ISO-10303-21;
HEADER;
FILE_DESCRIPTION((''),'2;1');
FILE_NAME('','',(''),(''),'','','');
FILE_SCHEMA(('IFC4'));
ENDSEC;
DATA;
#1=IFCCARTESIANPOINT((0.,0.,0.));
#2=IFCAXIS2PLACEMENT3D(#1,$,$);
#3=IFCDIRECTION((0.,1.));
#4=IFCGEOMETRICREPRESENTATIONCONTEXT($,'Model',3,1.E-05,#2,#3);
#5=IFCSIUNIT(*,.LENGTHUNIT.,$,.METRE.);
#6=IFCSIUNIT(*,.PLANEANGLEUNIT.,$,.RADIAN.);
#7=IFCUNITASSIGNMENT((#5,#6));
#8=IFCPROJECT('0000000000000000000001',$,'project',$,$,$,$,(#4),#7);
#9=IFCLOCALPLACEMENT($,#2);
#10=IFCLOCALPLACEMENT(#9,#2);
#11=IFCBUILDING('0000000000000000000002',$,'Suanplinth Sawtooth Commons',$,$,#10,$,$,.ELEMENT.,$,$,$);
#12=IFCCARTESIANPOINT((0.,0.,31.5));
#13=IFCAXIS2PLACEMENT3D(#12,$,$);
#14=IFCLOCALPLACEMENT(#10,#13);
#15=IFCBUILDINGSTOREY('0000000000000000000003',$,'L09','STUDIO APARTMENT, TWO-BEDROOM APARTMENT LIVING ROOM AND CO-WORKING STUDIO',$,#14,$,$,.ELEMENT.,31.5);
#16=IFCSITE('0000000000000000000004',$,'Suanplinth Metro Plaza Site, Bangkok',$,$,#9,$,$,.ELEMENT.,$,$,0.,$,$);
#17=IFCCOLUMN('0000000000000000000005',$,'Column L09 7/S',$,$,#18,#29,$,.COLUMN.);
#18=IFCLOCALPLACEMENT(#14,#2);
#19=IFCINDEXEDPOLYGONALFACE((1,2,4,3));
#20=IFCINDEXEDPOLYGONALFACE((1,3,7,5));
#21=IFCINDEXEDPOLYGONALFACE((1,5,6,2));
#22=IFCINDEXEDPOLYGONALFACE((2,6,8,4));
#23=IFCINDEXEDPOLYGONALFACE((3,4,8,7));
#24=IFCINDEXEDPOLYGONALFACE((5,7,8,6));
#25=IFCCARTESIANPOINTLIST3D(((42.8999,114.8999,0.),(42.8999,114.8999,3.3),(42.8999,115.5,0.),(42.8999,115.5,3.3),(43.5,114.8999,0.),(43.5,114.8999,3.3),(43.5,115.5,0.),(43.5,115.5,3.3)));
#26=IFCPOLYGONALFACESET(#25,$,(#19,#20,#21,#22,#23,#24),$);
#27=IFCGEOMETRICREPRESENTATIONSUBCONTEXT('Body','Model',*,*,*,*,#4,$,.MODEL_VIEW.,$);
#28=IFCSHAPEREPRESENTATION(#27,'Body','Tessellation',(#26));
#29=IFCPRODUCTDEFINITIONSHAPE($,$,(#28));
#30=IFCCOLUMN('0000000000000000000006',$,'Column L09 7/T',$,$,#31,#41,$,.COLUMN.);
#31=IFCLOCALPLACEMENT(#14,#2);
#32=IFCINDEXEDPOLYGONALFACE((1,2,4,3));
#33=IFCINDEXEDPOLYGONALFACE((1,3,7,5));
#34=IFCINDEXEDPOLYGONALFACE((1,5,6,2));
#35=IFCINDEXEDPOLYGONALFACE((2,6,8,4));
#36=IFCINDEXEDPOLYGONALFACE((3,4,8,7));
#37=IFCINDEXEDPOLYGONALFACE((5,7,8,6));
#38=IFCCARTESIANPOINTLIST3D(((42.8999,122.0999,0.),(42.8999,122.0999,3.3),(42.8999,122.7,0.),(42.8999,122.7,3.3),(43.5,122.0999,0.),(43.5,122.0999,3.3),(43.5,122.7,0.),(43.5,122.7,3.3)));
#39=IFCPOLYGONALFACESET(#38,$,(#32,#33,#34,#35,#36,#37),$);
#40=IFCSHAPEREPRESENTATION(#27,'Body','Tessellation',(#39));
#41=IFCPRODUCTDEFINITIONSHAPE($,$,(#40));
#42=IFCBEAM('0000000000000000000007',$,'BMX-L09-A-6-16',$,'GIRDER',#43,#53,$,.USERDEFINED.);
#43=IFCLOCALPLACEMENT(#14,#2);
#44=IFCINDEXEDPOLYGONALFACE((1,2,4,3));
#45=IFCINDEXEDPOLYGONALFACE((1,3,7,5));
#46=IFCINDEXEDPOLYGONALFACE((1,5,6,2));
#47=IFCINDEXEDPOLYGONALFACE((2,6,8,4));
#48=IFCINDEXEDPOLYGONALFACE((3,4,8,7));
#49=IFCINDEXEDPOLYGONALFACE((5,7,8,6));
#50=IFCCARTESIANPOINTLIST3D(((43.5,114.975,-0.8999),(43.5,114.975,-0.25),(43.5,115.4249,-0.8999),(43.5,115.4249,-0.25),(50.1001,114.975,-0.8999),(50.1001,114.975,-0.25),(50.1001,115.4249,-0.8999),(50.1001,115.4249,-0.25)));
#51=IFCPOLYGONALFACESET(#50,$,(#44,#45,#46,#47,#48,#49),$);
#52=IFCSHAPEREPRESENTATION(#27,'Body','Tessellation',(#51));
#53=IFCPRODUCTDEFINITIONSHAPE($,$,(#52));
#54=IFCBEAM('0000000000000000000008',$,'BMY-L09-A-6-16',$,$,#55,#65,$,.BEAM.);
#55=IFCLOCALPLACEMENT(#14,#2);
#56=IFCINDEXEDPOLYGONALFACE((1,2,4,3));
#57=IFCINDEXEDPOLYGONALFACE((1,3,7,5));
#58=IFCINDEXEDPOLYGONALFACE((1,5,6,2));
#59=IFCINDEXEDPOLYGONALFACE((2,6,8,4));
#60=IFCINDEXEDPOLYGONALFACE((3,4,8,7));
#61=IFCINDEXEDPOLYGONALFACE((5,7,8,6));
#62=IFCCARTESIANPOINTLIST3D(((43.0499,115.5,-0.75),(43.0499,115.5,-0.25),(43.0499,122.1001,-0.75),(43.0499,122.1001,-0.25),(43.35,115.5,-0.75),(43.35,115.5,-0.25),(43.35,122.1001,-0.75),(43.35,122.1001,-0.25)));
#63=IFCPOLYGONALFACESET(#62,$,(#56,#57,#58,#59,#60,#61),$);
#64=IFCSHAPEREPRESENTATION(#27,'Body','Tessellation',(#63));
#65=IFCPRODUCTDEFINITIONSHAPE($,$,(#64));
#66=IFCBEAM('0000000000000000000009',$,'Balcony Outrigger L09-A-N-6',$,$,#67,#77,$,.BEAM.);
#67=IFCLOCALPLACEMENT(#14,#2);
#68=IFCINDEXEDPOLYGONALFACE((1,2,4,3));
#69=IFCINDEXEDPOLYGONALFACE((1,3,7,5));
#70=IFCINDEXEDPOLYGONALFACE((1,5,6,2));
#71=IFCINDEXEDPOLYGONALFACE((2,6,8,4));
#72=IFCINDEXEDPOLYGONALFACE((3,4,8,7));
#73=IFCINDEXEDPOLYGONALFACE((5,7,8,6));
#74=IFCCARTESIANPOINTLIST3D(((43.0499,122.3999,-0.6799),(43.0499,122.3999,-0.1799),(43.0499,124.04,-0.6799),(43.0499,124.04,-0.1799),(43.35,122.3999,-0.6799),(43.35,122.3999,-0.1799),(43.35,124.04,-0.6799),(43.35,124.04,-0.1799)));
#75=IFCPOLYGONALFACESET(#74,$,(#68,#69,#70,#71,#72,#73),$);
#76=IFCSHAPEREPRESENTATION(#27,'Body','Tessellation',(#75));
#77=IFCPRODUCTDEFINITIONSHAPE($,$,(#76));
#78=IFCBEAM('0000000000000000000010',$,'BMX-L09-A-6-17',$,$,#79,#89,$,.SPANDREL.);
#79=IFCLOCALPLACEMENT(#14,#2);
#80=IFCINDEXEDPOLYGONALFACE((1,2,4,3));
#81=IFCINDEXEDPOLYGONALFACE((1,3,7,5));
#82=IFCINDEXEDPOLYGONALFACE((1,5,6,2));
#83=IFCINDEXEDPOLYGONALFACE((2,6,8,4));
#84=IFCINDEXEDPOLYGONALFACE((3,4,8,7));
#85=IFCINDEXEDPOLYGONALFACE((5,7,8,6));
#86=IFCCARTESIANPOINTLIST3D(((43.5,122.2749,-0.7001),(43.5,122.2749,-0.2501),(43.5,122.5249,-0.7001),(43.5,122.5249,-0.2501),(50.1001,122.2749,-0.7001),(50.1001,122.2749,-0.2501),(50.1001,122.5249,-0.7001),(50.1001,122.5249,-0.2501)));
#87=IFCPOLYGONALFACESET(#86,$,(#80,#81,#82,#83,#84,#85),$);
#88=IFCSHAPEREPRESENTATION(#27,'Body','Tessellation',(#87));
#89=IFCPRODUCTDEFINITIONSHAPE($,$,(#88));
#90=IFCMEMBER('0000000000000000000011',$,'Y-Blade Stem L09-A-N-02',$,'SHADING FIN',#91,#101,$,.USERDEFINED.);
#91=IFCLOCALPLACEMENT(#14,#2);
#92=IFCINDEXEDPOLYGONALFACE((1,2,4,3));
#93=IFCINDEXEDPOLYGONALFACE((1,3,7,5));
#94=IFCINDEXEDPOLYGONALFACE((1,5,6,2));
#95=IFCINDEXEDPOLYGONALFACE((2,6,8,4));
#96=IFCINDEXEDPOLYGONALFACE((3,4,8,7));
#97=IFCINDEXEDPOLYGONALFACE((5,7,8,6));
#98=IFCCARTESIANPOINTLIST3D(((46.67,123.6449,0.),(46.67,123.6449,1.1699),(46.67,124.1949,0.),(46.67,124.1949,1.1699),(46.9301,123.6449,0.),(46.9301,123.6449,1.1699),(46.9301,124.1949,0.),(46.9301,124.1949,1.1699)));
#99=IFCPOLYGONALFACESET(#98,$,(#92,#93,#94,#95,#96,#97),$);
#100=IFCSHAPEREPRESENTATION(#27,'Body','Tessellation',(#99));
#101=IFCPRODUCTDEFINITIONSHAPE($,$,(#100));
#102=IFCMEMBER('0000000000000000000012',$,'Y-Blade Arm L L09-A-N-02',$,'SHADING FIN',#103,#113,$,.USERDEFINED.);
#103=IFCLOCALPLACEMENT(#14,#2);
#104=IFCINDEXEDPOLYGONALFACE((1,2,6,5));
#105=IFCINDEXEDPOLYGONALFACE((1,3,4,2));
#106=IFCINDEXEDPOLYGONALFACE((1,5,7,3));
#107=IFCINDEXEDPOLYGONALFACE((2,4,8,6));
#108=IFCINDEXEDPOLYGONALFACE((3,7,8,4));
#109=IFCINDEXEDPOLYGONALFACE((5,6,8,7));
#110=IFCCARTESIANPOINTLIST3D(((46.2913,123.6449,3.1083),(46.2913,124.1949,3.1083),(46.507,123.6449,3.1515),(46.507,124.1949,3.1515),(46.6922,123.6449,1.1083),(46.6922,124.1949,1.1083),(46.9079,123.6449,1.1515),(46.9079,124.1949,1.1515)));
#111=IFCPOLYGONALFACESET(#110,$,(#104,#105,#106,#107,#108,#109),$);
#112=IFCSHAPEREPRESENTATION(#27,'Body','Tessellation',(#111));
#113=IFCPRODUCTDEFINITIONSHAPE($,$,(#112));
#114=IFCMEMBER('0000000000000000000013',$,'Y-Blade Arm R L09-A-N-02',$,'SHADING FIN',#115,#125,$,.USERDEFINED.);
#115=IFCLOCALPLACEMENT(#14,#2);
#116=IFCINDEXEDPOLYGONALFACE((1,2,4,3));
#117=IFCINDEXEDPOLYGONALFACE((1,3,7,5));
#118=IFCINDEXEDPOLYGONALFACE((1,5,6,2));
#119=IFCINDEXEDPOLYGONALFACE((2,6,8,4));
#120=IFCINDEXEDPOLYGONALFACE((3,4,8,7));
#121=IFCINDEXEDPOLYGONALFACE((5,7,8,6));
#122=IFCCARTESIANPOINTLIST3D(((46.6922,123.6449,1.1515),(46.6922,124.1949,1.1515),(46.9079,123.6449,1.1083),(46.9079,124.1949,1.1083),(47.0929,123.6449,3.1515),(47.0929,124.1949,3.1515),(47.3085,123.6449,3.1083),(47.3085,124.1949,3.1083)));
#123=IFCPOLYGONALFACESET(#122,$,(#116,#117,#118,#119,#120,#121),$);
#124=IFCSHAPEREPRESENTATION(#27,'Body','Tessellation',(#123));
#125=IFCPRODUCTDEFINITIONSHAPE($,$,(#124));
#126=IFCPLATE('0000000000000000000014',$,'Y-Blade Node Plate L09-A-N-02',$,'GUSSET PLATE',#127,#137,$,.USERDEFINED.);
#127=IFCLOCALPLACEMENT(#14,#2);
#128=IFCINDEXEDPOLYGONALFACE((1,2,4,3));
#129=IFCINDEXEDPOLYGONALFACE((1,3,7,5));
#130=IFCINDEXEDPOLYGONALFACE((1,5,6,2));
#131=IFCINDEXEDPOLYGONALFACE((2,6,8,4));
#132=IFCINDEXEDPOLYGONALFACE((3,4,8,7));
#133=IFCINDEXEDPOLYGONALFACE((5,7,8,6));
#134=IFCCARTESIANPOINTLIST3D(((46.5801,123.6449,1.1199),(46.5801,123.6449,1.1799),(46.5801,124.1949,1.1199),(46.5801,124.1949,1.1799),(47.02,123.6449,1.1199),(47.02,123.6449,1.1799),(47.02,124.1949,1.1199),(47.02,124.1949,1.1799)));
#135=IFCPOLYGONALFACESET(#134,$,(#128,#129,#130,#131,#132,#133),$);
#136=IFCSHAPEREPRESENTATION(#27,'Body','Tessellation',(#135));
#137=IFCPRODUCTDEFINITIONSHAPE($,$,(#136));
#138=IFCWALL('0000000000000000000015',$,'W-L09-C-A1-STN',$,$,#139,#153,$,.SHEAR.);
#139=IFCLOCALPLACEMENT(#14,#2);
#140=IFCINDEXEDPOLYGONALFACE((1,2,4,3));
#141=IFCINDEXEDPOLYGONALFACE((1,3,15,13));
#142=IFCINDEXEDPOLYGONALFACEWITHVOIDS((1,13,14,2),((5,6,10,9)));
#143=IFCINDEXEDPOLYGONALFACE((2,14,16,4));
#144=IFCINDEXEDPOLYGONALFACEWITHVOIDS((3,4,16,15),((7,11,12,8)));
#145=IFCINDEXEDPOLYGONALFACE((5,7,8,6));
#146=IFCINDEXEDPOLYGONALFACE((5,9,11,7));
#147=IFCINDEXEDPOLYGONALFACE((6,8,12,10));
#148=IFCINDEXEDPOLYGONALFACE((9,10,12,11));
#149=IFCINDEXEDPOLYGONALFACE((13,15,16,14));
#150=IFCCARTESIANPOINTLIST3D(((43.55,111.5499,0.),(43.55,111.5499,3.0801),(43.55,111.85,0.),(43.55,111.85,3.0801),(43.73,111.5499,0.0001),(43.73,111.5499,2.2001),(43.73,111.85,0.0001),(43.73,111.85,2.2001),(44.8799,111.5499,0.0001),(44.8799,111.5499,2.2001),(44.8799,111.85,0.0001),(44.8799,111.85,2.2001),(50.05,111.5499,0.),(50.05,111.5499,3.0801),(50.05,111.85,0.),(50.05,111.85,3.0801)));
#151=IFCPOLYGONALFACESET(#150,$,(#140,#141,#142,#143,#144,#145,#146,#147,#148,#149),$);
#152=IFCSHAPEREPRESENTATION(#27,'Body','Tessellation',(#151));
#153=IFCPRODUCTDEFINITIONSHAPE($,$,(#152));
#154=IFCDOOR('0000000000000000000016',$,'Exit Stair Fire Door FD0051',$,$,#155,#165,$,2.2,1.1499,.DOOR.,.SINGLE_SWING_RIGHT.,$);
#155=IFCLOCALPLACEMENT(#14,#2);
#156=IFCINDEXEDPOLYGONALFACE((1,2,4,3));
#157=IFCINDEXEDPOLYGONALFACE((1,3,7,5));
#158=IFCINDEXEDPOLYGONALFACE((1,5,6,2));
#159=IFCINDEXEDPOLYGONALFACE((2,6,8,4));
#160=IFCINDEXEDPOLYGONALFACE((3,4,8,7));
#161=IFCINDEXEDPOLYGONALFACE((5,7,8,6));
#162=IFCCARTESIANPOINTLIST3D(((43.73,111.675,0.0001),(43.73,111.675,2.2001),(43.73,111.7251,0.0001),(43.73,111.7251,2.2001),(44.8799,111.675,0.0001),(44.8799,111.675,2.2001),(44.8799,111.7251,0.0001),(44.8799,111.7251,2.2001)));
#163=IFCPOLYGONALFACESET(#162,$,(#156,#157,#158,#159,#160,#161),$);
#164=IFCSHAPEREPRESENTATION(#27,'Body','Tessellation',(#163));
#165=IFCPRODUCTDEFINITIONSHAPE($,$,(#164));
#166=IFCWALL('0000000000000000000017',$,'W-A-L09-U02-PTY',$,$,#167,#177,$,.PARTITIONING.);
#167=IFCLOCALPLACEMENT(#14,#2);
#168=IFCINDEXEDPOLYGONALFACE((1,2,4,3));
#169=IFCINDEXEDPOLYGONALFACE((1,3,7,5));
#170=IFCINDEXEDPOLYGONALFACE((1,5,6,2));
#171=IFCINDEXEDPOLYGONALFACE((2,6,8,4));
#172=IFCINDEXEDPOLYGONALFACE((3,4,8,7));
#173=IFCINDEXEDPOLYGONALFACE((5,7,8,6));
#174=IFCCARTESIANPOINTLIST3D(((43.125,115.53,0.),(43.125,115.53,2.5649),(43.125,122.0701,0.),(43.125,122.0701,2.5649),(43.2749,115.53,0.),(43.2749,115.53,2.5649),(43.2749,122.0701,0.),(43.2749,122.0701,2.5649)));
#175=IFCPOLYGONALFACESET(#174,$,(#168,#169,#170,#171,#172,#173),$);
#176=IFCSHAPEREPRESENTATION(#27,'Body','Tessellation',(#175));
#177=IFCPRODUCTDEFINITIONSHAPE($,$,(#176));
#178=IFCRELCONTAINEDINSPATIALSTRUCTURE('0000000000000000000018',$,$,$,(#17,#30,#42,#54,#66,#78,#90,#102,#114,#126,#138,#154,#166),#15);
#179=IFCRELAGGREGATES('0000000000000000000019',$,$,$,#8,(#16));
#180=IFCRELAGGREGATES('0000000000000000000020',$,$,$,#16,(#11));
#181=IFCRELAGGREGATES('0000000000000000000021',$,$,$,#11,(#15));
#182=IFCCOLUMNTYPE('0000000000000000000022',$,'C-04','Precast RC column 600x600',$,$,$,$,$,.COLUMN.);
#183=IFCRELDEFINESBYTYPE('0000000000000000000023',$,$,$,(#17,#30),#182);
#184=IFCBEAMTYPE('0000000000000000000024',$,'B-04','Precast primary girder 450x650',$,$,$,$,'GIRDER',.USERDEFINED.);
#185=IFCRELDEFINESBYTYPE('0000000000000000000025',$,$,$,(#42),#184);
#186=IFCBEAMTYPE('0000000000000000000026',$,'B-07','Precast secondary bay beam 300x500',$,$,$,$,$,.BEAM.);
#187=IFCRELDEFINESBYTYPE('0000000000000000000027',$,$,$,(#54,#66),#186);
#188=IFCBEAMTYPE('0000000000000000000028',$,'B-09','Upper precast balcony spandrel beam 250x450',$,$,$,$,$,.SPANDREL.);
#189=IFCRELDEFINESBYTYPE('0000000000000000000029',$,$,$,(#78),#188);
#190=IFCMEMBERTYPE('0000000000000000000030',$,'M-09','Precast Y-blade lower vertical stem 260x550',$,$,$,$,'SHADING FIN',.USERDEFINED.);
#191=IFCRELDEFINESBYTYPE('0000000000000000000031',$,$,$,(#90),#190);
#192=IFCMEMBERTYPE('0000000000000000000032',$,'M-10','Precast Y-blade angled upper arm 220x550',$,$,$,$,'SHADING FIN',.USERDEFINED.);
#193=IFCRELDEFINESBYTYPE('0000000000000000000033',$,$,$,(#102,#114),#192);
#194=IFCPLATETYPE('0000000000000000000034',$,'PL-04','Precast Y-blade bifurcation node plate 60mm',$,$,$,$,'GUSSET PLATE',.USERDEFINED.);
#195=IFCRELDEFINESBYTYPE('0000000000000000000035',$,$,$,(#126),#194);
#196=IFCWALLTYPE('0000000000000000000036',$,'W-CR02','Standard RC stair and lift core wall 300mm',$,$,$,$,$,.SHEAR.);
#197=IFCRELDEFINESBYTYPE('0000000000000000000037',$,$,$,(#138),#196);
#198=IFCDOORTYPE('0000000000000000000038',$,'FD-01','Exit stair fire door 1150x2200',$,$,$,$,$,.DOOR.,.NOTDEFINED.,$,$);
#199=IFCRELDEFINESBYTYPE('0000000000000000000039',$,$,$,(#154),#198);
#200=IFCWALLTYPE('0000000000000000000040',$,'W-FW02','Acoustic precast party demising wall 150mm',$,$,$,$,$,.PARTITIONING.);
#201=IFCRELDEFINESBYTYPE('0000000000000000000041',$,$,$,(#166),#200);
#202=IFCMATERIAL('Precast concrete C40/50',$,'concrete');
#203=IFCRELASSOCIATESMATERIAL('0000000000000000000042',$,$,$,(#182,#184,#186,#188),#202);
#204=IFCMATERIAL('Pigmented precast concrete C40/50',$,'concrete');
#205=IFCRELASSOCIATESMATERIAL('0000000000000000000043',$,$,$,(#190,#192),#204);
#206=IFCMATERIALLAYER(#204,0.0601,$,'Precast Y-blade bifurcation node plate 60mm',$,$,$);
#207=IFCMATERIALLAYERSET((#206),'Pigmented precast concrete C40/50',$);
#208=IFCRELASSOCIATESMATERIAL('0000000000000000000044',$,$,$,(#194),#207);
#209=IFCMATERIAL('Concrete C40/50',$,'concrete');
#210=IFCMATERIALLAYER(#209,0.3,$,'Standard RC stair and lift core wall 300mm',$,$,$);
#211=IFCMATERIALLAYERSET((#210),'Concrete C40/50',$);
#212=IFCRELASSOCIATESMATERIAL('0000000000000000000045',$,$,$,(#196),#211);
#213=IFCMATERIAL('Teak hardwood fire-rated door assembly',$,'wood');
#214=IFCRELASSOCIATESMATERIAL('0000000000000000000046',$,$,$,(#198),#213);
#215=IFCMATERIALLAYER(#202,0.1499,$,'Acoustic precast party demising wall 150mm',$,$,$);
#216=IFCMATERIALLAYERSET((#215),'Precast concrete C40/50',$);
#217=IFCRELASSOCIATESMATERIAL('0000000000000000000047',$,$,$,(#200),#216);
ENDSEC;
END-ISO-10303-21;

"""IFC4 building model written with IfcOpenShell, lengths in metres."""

from ifc_helpers import new_model, si_unit, direction, frame, frame_2d, origin, origin_2d, place, context, subcontext, project, spatial, rectangle, extrude, material, layer, layer_set, material_profile, profile_set, type_object, element, fill, save


model = new_model("IFC4")

# Units and contexts
model_context = context("Model", 3, precision=1e-05, world=origin(), true_north=direction((0.0, 1.0)))
body_context = subcontext(model_context, "Body", "Model", "MODEL_VIEW")
ifc_project = project(units=[si_unit("LENGTHUNIT", "METRE"), si_unit("PLANEANGLEUNIT", "RADIAN")], contexts=[model_context])

# Site, building, storey
site_placement = place(None, origin())
site = spatial("IfcSite", under=ifc_project, at=site_placement, Name="Suanplinth Metro Plaza Site, Bangkok", CompositionType="ELEMENT", RefElevation=0.0)
building_placement = place(site_placement, origin())
building = spatial("IfcBuilding", under=site, at=building_placement, Name="Suanplinth Sawtooth Commons", CompositionType="ELEMENT")
storey_placement = place(building_placement, frame((0.0, 0.0, 31.5)))
storey = spatial("IfcBuildingStorey", under=building, at=storey_placement, Name="L09", Description="STUDIO APARTMENT, TWO-BEDROOM APARTMENT LIVING ROOM AND CO-WORKING STUDIO", CompositionType="ELEMENT", Elevation=31.5)

# Columns
ifc_material_1 = material(Name="Precast concrete C40/50", Category="concrete")
ifc_material_profile_1 = material_profile(ifc_material_1, rectangle(XDim=0.6001, YDim=0.6001, at=origin_2d()), Name="PC-COL 600x600")
ifc_profile_set_1 = profile_set([ifc_material_profile_1], Name="Precast concrete C40/50")
column_type = type_object("IfcColumnType", Name="C-04", Description="Precast RC column 600x600", PredefinedType="COLUMN", material=ifc_profile_set_1)
for number, where, z_axis, x_axis, name in (
    (1, (43.2, 115.2, 0.0), (0.0, 0.0, 1.0), (1.0, 0.0, 0.0), "Column L09 7/S"),
    (2, (43.2, 122.3999, 0.0), (0.0, 0.0, 1.0), (1.0, 0.0, 0.0), "Column L09 7/T"),
):
    element("IfcColumn", number, at=place(storey_placement, frame(where, z_axis=z_axis, x_axis=x_axis)), inside=storey, type_object=column_type, Name=name, PredefinedType="COLUMN", context=body_context, shape_type="SweptSolid", body=[
        extrude(rectangle(XDim=0.6001, YDim=0.6001, at=origin_2d()), origin(), (0.0, 0.0, 1.0), 3.3),
    ])

# Beams
ifc_material_profile_2 = material_profile(ifc_material_1, rectangle(XDim=0.45, YDim=0.6499, at=origin_2d()), Name="PC-GDR 450x650")
ifc_profile_set_2 = profile_set([ifc_material_profile_2], Name="Precast concrete C40/50")
beam_type_1 = type_object("IfcBeamType", Name="B-04", Description="Precast primary girder 450x650", ElementType="GIRDER", PredefinedType="USERDEFINED", material=ifc_profile_set_2)
beam_1_placement = place(storey_placement, frame((43.5, 115.2, -0.575), z_axis=(1.0, 0.0, 0.0), x_axis=(0.0, 1.0, 0.0)))
element("IfcBeam", 3, at=beam_1_placement, inside=storey, type_object=beam_type_1, Name="BMX-L09-A-6-16", ObjectType="GIRDER", PredefinedType="USERDEFINED", context=body_context, shape_type="SweptSolid", body=[
    extrude(rectangle(XDim=0.45, YDim=0.6499, at=origin_2d()), origin(), (0.0, 0.0, 1.0), 6.6001),
])
ifc_material_profile_3 = material_profile(ifc_material_1, rectangle(XDim=0.3, YDim=0.5, at=origin_2d()), Name="PC-BM 300x500")
ifc_profile_set_3 = profile_set([ifc_material_profile_3], Name="Precast concrete C40/50")
beam_type_2 = type_object("IfcBeamType", Name="B-07", Description="Precast secondary bay beam 300x500", PredefinedType="BEAM", material=ifc_profile_set_3)
beam_2_placement = place(storey_placement, frame((43.2, 115.5, -0.5), z_axis=(0.0, 1.0, 0.0), x_axis=(-1.0, 0.0, 0.0)))
element("IfcBeam", 4, at=beam_2_placement, inside=storey, type_object=beam_type_2, Name="BMY-L09-A-6-16", PredefinedType="BEAM", context=body_context, shape_type="SweptSolid", body=[
    extrude(rectangle(XDim=0.3, YDim=0.5, at=origin_2d()), origin(), (0.0, 0.0, 1.0), 6.6001),
])
beam_3_placement = place(storey_placement, frame((43.2, 122.3999, -0.4299), z_axis=(0.0, 1.0, 0.0), x_axis=(-1.0, 0.0, 0.0)))
element("IfcBeam", 5, at=beam_3_placement, inside=storey, type_object=beam_type_2, Name="Balcony Outrigger L09-A-N-6", PredefinedType="BEAM", context=body_context, shape_type="SweptSolid", body=[
    extrude(rectangle(XDim=0.3, YDim=0.5, at=origin_2d()), origin(), (0.0, 0.0, 1.0), 1.6401),
])
ifc_material_profile_4 = material_profile(ifc_material_1, rectangle(XDim=0.25, YDim=0.45, at=origin_2d()), Name="PC-SP 250x450")
ifc_profile_set_4 = profile_set([ifc_material_profile_4], Name="Precast concrete C40/50")
beam_type_3 = type_object("IfcBeamType", Name="B-09", Description="Upper precast balcony spandrel beam 250x450", PredefinedType="SPANDREL", material=ifc_profile_set_4)
beam_4_placement = place(storey_placement, frame((43.5, 122.3999, -0.4751), z_axis=(1.0, 0.0, 0.0), x_axis=(0.0, 1.0, 0.0)))
element("IfcBeam", 6, at=beam_4_placement, inside=storey, type_object=beam_type_3, Name="BMX-L09-A-6-17", PredefinedType="SPANDREL", context=body_context, shape_type="SweptSolid", body=[
    extrude(rectangle(XDim=0.25, YDim=0.45, at=origin_2d()), origin(), (0.0, 0.0, 1.0), 6.6001),
])

# Members
ifc_material_2 = material(Name="Pigmented precast concrete C40/50", Category="concrete")
ifc_material_profile_5 = material_profile(ifc_material_2, rectangle(XDim=0.26, YDim=0.55, at=origin_2d()), Name="PC-FIN 260x550")
ifc_profile_set_5 = profile_set([ifc_material_profile_5], Name="Pigmented precast concrete C40/50")
member_type_1 = type_object("IfcMemberType", Name="M-09", Description="Precast Y-blade lower vertical stem 260x550", ElementType="SHADING FIN", PredefinedType="USERDEFINED", material=ifc_profile_set_5)
member_placement = place(storey_placement, frame((46.8, 123.9199, 0.0), z_axis=(0.0, 0.0, 1.0), x_axis=(1.0, 0.0, 0.0)))
element("IfcMember", 7, at=member_placement, inside=storey, type_object=member_type_1, Name="Y-Blade Stem L09-A-N-02", ObjectType="SHADING FIN", PredefinedType="USERDEFINED", context=body_context, shape_type="SweptSolid", body=[
    extrude(rectangle(XDim=0.26, YDim=0.55, at=origin_2d()), origin(), (0.0, 0.0, 1.0), 1.1699),
])
ifc_material_profile_6 = material_profile(ifc_material_2, rectangle(XDim=0.22, YDim=0.55, at=origin_2d()), Name="PC-FIN 220x550")
ifc_profile_set_6 = profile_set([ifc_material_profile_6], Name="Pigmented precast concrete C40/50")
member_type_2 = type_object("IfcMemberType", Name="M-10", Description="Precast Y-blade angled upper arm 220x550", ElementType="SHADING FIN", PredefinedType="USERDEFINED", material=ifc_profile_set_6)
for number, where, z_axis, x_axis, name in (
    (8, (46.8, 123.9199, 1.1299), (-0.19653, 0.0, 0.980498), (0.980498, 0.0, 0.19653), "Y-Blade Arm L L09-A-N-02"),
    (9, (46.8, 123.9199, 1.1299), (0.196415, 0.0, 0.980521), (-0.980521, 0.0, 0.196415), "Y-Blade Arm R L09-A-N-02"),
):
    element("IfcMember", number, at=place(storey_placement, frame(where, z_axis=z_axis, x_axis=x_axis)), inside=storey, type_object=member_type_2, Name=name, ObjectType="SHADING FIN", PredefinedType="USERDEFINED", context=body_context, shape_type="SweptSolid", body=[
        extrude(rectangle(XDim=0.22, YDim=0.55, at=origin_2d()), origin(), (0.0, 0.0, 1.0), 2.0398),
    ])

# Plate
ifc_layer_1 = layer(ifc_material_2, 0.0601, Name="Precast Y-blade bifurcation node plate 60mm")
ifc_layer_set_1 = layer_set([ifc_layer_1], Name="Pigmented precast concrete C40/50")
plate_type = type_object("IfcPlateType", Name="PL-04", Description="Precast Y-blade bifurcation node plate 60mm", ElementType="GUSSET PLATE", PredefinedType="USERDEFINED", material=ifc_layer_set_1)
plate_placement = place(storey_placement, frame((46.8, 123.9199, 1.1199), z_axis=(0.0, 0.0, 1.0), x_axis=(1.0, 0.0, 0.0)))
element("IfcPlate", 10, at=plate_placement, inside=storey, type_object=plate_type, Name="Y-Blade Node Plate L09-A-N-02", ObjectType="GUSSET PLATE", PredefinedType="USERDEFINED", context=body_context, shape_type="SweptSolid", body=[
    extrude(rectangle(XDim=0.4399, YDim=0.55, at=origin_2d()), origin(), (0.0, 0.0, 1.0), 0.0601),
])

# Wall, opening, door
ifc_material_3 = material(Name="Concrete C40/50", Category="concrete")
ifc_layer_2 = layer(ifc_material_3, 0.3, Name="Standard RC stair and lift core wall 300mm")
ifc_layer_set_2 = layer_set([ifc_layer_2], Name="Concrete C40/50")
wall_type_1 = type_object("IfcWallType", Name="W-CR02", Description="Standard RC stair and lift core wall 300mm", PredefinedType="SHEAR", material=ifc_layer_set_2)
wall_1_placement = place(storey_placement, frame((43.55, 111.7, 0.0), z_axis=(0.0, 0.0, 1.0), x_axis=(1.0, 0.0, 0.0)))
wall_1 = element("IfcWall", 11, at=wall_1_placement, inside=storey, type_object=wall_type_1, Name="W-L09-C-A1-STN", PredefinedType="SHEAR", context=body_context, shape_type="SweptSolid", body=[
    extrude(rectangle(XDim=6.5, YDim=0.3, at=frame_2d((3.25, 0.0))), origin(), (0.0, 0.0, 1.0), 3.0801),
])
opening_1_placement = place(wall_1_placement, frame((0.1799, 0.0, 0.0)))
opening_1 = element("IfcOpeningElement", 12, at=opening_1_placement, cuts=wall_1, PredefinedType="OPENING", context=body_context, shape_type="SweptSolid", body=[
    extrude(rectangle(XDim=1.1499, YDim=2.2, at=frame_2d((0.575, 1.1001))), frame((0.0, 0.165, 0.0), z_axis=(0.0, -1.0, 0.0), x_axis=(1.0, 0.0, 0.0)), (0.0, 0.0, 1.0), 0.3298),
])
ifc_material_4 = material(Name="Teak hardwood fire-rated door assembly", Category="wood")
door_type_1 = type_object("IfcDoorType", Name="FD-01", Description="Exit stair fire door 1150x2200", OperationType="NOTDEFINED", PredefinedType="DOOR", material=ifc_material_4)
door_1_placement = place(opening_1_placement, frame((1.1499, 0.0, 0.0), z_axis=(0.0, 0.0, 1.0), x_axis=(-1.0, 0.0, 0.0)))
door_1 = element("IfcDoor", 13, at=door_1_placement, inside=storey, type_object=door_type_1, Name="Exit Stair Fire Door FD0051", OperationType="SINGLE_SWING_RIGHT", OverallHeight=2.2, OverallWidth=1.1499, PredefinedType="DOOR", context=body_context, shape_type="SweptSolid", body=[
    extrude(rectangle(XDim=1.1499, YDim=2.2, at=frame_2d((0.575, 1.1001))), frame((0.0, 0.0249, 0.0), z_axis=(0.0, -1.0, 0.0), x_axis=(1.0, 0.0, 0.0)), (0.0, 0.0, 1.0), 0.05),
])
fill(opening_1, door_1)

# Wall
ifc_layer_3 = layer(ifc_material_1, 0.1499, Name="Acoustic precast party demising wall 150mm")
ifc_layer_set_3 = layer_set([ifc_layer_3], Name="Precast concrete C40/50")
wall_type_2 = type_object("IfcWallType", Name="W-FW02", Description="Acoustic precast party demising wall 150mm", PredefinedType="PARTITIONING", material=ifc_layer_set_3)
wall_2_placement = place(storey_placement, frame((43.2, 115.53, 0.0), z_axis=(0.0, 0.0, 1.0), x_axis=(0.0, 1.0, 0.0)))
element("IfcWall", 14, at=wall_2_placement, inside=storey, type_object=wall_type_2, Name="W-A-L09-U02-PTY", PredefinedType="PARTITIONING", context=body_context, shape_type="SweptSolid", body=[
    extrude(rectangle(XDim=6.54, YDim=0.1499, at=frame_2d((3.27, 0.0))), origin(), (0.0, 0.0, 1.0), 2.5649),
])

save(model, "model.ifc")
